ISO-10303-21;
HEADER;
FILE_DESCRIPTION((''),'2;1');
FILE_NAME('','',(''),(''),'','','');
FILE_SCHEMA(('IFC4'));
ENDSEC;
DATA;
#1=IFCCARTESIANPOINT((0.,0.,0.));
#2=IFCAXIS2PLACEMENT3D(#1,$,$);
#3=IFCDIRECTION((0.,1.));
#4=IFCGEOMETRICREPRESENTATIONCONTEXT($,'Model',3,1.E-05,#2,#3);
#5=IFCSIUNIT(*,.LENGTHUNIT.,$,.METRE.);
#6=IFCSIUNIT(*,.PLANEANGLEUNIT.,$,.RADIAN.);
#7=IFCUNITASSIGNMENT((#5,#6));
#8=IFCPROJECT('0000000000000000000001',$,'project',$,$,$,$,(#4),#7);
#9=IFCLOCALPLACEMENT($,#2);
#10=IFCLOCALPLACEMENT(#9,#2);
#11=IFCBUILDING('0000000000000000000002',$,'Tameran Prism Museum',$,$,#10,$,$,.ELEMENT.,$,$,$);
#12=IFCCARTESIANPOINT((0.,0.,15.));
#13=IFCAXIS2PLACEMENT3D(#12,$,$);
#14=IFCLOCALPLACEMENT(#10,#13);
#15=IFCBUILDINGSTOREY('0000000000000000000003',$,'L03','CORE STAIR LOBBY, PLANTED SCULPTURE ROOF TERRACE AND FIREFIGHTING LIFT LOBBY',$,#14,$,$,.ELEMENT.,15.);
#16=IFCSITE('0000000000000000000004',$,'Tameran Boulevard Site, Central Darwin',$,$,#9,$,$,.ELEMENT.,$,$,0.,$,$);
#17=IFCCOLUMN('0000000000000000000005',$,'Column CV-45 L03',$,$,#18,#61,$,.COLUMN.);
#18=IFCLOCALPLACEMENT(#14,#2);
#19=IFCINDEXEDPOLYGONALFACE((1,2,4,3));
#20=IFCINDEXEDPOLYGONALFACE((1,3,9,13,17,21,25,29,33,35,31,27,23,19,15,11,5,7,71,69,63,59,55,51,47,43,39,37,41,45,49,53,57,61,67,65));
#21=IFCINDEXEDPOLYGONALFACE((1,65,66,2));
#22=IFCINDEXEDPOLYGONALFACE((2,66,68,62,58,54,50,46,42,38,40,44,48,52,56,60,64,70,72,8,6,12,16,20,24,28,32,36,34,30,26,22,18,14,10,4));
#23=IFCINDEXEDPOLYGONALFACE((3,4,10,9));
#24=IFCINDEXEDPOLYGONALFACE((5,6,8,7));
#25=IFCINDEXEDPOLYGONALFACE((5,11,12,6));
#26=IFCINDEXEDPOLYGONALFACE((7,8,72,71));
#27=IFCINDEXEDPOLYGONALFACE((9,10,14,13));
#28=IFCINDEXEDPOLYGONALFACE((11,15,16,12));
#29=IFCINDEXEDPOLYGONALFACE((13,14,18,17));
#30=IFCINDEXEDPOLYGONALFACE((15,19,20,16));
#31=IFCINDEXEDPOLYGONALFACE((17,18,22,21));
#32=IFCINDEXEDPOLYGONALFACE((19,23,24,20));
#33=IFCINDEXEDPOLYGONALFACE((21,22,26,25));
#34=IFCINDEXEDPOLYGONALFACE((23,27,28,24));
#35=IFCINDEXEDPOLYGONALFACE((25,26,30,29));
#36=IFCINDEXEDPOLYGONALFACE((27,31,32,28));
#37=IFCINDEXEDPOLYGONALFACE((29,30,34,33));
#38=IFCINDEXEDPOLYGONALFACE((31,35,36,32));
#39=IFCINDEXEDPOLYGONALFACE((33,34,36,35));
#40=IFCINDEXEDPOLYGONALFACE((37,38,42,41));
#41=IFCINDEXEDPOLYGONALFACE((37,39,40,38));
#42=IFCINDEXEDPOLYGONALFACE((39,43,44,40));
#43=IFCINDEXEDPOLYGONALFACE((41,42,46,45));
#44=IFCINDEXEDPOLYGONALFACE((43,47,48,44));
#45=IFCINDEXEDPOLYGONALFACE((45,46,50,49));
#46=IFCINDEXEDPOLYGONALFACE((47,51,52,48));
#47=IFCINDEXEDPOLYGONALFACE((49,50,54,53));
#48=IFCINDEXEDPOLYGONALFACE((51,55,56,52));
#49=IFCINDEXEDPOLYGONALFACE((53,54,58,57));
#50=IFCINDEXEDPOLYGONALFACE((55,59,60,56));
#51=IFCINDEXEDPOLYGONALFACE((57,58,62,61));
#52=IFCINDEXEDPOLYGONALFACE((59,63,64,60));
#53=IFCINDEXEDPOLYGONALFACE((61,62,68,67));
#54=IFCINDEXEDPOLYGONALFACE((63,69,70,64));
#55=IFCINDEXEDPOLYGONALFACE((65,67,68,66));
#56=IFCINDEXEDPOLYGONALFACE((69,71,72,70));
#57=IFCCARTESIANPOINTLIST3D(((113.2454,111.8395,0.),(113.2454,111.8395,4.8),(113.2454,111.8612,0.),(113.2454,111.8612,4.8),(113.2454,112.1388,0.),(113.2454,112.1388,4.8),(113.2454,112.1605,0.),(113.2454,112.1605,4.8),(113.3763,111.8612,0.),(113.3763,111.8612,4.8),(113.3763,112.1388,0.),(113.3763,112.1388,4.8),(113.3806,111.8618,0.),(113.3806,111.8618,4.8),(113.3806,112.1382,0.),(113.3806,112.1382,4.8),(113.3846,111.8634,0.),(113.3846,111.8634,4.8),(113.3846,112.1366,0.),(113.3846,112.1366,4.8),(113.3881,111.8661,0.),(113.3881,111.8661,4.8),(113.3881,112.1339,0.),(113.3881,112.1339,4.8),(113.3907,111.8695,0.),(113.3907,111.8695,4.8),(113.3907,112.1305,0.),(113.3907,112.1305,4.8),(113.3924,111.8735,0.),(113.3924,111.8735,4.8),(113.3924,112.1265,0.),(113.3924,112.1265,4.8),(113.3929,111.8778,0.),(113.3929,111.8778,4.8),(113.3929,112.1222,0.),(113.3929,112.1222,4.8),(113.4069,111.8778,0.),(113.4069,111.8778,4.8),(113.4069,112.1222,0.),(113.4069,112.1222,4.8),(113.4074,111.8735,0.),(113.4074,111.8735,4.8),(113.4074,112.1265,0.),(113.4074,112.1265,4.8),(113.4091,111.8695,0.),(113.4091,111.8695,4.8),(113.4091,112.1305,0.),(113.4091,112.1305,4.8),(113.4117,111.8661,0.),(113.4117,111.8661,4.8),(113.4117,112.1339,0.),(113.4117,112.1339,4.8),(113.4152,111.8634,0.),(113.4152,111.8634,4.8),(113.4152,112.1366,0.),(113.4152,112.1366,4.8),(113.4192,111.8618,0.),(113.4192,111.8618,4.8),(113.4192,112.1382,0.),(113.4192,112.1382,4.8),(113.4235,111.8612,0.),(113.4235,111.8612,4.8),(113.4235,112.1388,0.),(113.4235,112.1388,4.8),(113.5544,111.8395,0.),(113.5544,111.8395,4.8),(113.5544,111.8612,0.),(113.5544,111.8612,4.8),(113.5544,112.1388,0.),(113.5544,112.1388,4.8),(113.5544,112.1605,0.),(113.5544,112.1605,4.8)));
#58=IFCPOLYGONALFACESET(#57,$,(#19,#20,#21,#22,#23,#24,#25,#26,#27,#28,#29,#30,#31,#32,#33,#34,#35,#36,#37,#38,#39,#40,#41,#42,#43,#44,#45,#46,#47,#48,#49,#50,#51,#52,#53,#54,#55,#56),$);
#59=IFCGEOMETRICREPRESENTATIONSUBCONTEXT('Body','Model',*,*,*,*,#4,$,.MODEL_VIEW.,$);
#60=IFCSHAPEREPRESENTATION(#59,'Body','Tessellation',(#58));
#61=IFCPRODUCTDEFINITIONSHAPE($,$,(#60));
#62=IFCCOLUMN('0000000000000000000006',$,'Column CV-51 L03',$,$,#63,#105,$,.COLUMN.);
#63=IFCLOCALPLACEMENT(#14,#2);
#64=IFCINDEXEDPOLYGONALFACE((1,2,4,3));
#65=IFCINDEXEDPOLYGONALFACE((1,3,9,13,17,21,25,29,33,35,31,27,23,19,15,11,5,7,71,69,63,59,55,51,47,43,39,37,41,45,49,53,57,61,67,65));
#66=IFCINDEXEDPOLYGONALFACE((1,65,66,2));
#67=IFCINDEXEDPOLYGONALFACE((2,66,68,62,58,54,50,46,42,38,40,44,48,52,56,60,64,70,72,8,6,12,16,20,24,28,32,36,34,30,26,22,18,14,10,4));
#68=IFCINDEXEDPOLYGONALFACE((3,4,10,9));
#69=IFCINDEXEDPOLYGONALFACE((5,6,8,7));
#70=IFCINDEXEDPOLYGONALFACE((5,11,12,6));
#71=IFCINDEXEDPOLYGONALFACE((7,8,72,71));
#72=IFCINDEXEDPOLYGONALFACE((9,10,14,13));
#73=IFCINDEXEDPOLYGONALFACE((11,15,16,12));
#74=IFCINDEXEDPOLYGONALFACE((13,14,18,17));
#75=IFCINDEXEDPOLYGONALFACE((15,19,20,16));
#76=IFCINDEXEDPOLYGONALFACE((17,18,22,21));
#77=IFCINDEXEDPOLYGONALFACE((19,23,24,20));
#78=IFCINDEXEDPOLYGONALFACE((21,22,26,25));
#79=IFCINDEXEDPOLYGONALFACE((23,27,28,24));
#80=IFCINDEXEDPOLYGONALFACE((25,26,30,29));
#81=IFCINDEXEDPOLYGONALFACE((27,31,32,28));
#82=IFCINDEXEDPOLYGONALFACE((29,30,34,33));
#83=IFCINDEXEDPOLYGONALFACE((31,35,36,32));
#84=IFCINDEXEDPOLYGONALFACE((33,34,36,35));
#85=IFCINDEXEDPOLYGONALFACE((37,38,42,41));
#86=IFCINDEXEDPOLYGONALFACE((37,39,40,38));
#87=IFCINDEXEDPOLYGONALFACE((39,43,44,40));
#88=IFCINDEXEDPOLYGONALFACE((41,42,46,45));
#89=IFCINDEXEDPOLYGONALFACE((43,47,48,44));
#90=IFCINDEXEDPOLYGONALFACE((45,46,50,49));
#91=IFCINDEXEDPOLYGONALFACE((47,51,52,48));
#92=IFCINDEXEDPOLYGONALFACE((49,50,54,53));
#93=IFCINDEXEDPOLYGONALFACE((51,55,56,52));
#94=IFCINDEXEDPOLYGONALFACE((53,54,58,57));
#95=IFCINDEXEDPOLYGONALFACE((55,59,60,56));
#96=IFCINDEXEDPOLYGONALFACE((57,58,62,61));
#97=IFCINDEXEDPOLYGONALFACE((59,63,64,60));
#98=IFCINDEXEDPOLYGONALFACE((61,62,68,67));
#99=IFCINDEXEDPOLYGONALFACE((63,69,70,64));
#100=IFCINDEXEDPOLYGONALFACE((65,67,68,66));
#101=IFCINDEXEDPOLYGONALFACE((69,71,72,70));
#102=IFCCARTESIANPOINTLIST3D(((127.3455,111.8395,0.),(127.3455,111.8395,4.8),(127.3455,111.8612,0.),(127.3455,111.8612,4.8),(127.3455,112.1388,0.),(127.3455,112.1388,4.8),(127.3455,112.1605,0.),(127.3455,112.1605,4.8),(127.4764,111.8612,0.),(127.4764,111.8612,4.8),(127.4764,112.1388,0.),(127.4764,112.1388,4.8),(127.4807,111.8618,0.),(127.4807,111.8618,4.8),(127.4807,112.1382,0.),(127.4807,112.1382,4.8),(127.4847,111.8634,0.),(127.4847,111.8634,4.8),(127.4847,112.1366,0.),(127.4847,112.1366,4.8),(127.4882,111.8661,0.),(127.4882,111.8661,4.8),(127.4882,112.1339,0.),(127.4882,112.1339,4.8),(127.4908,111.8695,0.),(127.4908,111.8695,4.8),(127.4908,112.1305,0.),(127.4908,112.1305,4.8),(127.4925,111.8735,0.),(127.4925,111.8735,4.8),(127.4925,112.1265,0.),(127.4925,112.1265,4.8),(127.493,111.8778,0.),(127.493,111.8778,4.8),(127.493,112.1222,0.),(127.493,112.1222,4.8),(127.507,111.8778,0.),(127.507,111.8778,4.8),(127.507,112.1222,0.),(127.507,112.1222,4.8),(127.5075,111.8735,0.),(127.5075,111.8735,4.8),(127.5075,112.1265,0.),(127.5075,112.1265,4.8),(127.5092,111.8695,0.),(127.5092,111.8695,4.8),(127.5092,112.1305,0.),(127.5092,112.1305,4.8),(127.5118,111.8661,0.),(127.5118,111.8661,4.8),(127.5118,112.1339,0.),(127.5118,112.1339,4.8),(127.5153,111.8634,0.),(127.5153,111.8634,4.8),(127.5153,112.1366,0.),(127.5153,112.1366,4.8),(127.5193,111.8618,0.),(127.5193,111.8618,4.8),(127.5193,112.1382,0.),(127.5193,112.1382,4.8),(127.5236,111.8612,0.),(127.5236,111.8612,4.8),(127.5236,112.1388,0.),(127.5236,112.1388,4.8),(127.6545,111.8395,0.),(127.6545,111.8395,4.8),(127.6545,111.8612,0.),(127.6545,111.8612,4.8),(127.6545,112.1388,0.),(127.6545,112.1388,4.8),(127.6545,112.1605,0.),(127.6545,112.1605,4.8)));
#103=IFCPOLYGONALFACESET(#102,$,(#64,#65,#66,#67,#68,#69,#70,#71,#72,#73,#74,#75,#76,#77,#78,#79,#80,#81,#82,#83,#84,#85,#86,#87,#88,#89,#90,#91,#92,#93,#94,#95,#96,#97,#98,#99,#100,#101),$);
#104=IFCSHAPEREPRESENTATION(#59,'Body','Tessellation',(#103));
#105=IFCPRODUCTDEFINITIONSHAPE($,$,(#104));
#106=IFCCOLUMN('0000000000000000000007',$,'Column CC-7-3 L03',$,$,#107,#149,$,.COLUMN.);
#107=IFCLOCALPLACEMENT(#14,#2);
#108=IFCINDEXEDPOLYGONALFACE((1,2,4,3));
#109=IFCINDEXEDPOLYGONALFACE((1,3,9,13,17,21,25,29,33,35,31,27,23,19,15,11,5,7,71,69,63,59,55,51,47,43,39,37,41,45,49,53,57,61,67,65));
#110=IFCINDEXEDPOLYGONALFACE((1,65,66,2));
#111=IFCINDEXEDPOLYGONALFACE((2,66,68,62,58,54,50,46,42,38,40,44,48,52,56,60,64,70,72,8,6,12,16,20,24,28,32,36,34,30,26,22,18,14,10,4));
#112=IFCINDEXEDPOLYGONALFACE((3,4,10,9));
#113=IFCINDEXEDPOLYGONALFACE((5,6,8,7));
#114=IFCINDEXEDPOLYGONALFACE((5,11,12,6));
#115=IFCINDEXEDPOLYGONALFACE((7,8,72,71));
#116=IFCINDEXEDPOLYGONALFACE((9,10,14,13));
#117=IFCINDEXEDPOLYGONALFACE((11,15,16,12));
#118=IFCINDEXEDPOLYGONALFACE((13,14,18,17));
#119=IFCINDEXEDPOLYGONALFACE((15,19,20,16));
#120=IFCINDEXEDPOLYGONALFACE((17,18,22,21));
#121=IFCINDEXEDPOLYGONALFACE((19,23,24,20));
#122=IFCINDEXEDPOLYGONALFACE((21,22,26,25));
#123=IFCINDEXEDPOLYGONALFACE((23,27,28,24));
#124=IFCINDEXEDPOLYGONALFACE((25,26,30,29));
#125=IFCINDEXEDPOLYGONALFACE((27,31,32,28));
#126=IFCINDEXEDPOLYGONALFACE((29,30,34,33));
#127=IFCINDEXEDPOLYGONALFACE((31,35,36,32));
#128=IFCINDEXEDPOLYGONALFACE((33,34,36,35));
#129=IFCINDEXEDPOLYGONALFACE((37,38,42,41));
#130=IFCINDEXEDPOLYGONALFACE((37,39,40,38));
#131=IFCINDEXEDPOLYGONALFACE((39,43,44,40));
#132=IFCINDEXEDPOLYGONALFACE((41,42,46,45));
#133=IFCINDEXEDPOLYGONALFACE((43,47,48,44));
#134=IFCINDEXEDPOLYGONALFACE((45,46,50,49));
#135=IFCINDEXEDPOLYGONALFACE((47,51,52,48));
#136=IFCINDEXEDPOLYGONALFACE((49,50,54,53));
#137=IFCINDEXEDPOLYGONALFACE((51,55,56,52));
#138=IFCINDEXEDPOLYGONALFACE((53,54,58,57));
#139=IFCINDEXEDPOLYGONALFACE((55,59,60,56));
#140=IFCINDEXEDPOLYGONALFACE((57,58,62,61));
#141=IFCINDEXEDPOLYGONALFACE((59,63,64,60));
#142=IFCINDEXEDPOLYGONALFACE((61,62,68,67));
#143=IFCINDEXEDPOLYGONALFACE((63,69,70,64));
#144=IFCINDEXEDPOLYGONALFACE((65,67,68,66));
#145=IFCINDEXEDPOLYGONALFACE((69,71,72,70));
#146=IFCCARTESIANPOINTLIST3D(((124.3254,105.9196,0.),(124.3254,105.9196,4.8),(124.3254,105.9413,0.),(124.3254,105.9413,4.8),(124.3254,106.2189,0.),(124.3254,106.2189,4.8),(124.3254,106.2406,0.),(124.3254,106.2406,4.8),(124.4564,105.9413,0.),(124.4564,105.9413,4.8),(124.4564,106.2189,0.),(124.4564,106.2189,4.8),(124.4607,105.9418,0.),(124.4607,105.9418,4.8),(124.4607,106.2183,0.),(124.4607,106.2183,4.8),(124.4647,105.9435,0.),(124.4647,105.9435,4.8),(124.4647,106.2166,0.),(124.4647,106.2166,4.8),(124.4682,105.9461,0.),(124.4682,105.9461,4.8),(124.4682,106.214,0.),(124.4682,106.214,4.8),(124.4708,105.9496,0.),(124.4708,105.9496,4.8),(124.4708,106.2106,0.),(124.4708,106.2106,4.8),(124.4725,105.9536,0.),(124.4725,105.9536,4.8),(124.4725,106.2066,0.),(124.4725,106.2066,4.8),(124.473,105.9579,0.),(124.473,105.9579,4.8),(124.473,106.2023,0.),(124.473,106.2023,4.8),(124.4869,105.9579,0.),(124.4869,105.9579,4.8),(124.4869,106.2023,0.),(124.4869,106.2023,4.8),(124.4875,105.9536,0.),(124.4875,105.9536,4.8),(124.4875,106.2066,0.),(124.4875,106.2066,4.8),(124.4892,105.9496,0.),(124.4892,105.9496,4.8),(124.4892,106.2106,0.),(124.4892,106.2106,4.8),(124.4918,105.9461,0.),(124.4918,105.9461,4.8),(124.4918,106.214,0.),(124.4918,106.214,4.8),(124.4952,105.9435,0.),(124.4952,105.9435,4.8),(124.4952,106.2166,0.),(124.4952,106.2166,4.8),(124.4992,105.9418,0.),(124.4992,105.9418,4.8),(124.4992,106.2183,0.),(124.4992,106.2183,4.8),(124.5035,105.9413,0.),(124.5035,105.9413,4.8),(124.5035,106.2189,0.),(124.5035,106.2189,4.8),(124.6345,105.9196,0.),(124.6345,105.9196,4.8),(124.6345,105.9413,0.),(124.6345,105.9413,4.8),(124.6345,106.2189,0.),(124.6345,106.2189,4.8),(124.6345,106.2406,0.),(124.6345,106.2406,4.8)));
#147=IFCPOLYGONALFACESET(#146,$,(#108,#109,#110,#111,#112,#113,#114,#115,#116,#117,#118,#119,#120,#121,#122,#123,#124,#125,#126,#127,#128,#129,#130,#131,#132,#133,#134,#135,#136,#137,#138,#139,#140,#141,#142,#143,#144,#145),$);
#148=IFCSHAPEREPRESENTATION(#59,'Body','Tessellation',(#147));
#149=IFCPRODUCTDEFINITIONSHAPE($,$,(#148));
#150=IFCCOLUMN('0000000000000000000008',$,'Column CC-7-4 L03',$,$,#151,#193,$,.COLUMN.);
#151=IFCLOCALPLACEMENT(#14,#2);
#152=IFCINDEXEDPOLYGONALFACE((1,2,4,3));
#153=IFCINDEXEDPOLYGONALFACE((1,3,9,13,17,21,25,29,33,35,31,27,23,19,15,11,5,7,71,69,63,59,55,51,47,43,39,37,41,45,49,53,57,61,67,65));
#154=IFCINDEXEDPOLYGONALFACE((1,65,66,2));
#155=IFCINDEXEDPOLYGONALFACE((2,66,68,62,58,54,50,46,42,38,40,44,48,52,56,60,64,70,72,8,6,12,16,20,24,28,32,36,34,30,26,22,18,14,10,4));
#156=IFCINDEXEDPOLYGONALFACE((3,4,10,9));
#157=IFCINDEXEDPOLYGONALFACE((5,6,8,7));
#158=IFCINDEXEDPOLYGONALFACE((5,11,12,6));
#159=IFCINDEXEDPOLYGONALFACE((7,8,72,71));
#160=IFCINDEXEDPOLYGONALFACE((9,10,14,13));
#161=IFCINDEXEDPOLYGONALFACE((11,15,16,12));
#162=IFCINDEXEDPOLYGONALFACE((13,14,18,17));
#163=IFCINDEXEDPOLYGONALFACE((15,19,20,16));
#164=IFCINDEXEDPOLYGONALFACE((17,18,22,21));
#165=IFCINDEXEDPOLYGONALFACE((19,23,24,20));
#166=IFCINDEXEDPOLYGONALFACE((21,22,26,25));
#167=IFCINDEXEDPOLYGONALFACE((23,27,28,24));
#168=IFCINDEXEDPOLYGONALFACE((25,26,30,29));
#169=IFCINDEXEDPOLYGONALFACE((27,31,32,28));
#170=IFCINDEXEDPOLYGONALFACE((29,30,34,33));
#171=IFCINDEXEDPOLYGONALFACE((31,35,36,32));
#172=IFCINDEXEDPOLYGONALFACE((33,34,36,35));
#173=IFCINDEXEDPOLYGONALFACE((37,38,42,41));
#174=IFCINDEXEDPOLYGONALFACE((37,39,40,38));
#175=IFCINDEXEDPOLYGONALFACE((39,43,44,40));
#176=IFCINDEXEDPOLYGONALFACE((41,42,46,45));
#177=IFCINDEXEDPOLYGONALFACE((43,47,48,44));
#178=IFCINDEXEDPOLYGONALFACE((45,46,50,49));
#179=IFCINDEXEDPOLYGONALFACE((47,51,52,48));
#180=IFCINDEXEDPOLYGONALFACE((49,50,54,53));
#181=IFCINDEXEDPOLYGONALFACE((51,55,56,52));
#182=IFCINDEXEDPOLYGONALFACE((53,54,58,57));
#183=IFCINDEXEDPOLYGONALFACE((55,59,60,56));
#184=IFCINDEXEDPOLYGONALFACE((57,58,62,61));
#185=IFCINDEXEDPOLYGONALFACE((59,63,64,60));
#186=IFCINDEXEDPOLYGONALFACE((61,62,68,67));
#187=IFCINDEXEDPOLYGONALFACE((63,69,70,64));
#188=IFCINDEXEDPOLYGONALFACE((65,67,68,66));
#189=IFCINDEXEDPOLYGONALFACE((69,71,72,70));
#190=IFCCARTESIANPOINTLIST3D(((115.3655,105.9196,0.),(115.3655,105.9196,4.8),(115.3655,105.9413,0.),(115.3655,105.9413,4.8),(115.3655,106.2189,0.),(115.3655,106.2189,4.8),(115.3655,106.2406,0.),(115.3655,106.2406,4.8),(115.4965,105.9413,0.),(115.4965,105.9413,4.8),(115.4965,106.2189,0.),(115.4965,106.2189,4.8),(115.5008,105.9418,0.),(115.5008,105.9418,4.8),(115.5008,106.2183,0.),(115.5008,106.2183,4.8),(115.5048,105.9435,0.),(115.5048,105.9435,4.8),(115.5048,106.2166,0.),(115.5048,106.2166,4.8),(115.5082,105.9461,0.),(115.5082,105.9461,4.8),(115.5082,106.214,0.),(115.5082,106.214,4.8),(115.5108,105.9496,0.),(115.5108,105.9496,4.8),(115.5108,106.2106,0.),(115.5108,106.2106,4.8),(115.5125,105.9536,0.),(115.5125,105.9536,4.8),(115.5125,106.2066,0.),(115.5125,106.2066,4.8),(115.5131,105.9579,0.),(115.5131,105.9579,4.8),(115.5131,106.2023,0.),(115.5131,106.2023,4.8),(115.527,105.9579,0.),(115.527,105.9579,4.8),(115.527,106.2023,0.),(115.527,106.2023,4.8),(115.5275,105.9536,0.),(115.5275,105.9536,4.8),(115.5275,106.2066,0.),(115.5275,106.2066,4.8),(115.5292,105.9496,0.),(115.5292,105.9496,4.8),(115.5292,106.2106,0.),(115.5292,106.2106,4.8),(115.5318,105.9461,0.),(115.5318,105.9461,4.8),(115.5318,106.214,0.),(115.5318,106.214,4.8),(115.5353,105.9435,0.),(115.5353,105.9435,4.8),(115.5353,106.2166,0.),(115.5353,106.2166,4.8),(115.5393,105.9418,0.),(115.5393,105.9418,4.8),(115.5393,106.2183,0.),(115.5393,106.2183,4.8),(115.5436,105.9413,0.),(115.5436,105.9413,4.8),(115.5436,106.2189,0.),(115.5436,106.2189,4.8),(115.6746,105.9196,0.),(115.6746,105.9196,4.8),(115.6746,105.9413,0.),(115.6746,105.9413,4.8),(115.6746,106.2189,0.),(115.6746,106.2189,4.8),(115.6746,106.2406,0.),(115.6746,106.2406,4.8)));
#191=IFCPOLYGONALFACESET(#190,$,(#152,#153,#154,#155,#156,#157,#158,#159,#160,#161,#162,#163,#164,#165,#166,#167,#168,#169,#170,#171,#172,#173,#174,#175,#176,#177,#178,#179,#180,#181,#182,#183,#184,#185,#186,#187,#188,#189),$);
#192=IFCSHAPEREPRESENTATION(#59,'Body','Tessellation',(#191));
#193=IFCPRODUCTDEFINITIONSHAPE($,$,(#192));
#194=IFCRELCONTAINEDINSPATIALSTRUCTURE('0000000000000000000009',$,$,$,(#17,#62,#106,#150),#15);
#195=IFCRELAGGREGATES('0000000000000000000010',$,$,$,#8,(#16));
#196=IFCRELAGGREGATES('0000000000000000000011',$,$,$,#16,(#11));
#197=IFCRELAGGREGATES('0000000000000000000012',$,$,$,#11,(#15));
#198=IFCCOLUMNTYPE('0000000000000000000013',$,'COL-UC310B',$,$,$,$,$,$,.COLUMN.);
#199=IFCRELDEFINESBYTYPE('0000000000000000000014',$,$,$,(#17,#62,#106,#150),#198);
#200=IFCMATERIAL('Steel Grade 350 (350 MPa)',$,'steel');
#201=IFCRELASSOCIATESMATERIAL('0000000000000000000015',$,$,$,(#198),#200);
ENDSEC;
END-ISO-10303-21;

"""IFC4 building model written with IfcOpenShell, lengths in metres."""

from ifc_helpers import new_model, si_unit, direction, frame, origin, origin_2d, place, context, subcontext, project, spatial, i_section, extrude, material, material_profile, profile_set, type_object, element, save


model = new_model("IFC4")

# Units and contexts
model_context = context("Model", 3, precision=1e-05, world=origin(), true_north=direction((0.0, 1.0)))
body_context = subcontext(model_context, "Body", "Model", "MODEL_VIEW")
ifc_project = project(units=[si_unit("LENGTHUNIT", "METRE"), si_unit("PLANEANGLEUNIT", "RADIAN")], contexts=[model_context])

# Site, building, storey
site_placement = place(None, origin())
site = spatial("IfcSite", under=ifc_project, at=site_placement, Name="Tameran Boulevard Site, Central Darwin", CompositionType="ELEMENT", RefElevation=0.0)
building_placement = place(site_placement, origin())
building = spatial("IfcBuilding", under=site, at=building_placement, Name="Tameran Prism Museum", CompositionType="ELEMENT")
storey_placement = place(building_placement, frame((0.0, 0.0, 15.0)))
storey = spatial("IfcBuildingStorey", under=building, at=storey_placement, Name="L03", Description="CORE STAIR LOBBY, PLANTED SCULPTURE ROOF TERRACE AND FIREFIGHTING LIFT LOBBY", CompositionType="ELEMENT", Elevation=15.0)

# Columns
ifc_material_1 = material(Name="Steel Grade 350 (350 MPa)", Category="steel")
ifc_material_profile_1 = material_profile(ifc_material_1, i_section(OverallWidth=0.3091, OverallDepth=0.321, WebThickness=0.0139, FlangeThickness=0.0217, FilletRadius=0.0166, at=origin_2d()))
ifc_profile_set_1 = profile_set([ifc_material_profile_1])
column_type = type_object("IfcColumnType", Name="COL-UC310B", PredefinedType="COLUMN", material=ifc_profile_set_1)
for number, where, z_axis, x_axis, name in (
    (1, (113.3999, 112.0, 0.0), (0.0, 0.0, 1.0), (1.0, 0.0, 0.0), "Column CV-45 L03"),
    (2, (127.5, 112.0, 0.0), (0.0, 0.0, 1.0), (1.0, 0.0, 0.0), "Column CV-51 L03"),
    (3, (124.48, 106.0801, 0.0), (0.0, 0.0, 1.0), (1.0, 0.0, 0.0), "Column CC-7-3 L03"),
    (4, (115.52, 106.0801, 0.0), (0.0, 0.0, 1.0), (1.0, 0.0, 0.0), "Column CC-7-4 L03"),
):
    element("IfcColumn", number, at=place(storey_placement, frame(where, z_axis=z_axis, x_axis=x_axis)), inside=storey, type_object=column_type, Name=name, PredefinedType="COLUMN", context=body_context, shape_type="SweptSolid", body=[
        extrude(i_section(OverallWidth=0.3091, OverallDepth=0.321, WebThickness=0.0139, FlangeThickness=0.0217, FilletRadius=0.0166, at=origin_2d()), origin(), (0.0, 0.0, 1.0), 4.8),
    ])

save(model, "model.ifc")
